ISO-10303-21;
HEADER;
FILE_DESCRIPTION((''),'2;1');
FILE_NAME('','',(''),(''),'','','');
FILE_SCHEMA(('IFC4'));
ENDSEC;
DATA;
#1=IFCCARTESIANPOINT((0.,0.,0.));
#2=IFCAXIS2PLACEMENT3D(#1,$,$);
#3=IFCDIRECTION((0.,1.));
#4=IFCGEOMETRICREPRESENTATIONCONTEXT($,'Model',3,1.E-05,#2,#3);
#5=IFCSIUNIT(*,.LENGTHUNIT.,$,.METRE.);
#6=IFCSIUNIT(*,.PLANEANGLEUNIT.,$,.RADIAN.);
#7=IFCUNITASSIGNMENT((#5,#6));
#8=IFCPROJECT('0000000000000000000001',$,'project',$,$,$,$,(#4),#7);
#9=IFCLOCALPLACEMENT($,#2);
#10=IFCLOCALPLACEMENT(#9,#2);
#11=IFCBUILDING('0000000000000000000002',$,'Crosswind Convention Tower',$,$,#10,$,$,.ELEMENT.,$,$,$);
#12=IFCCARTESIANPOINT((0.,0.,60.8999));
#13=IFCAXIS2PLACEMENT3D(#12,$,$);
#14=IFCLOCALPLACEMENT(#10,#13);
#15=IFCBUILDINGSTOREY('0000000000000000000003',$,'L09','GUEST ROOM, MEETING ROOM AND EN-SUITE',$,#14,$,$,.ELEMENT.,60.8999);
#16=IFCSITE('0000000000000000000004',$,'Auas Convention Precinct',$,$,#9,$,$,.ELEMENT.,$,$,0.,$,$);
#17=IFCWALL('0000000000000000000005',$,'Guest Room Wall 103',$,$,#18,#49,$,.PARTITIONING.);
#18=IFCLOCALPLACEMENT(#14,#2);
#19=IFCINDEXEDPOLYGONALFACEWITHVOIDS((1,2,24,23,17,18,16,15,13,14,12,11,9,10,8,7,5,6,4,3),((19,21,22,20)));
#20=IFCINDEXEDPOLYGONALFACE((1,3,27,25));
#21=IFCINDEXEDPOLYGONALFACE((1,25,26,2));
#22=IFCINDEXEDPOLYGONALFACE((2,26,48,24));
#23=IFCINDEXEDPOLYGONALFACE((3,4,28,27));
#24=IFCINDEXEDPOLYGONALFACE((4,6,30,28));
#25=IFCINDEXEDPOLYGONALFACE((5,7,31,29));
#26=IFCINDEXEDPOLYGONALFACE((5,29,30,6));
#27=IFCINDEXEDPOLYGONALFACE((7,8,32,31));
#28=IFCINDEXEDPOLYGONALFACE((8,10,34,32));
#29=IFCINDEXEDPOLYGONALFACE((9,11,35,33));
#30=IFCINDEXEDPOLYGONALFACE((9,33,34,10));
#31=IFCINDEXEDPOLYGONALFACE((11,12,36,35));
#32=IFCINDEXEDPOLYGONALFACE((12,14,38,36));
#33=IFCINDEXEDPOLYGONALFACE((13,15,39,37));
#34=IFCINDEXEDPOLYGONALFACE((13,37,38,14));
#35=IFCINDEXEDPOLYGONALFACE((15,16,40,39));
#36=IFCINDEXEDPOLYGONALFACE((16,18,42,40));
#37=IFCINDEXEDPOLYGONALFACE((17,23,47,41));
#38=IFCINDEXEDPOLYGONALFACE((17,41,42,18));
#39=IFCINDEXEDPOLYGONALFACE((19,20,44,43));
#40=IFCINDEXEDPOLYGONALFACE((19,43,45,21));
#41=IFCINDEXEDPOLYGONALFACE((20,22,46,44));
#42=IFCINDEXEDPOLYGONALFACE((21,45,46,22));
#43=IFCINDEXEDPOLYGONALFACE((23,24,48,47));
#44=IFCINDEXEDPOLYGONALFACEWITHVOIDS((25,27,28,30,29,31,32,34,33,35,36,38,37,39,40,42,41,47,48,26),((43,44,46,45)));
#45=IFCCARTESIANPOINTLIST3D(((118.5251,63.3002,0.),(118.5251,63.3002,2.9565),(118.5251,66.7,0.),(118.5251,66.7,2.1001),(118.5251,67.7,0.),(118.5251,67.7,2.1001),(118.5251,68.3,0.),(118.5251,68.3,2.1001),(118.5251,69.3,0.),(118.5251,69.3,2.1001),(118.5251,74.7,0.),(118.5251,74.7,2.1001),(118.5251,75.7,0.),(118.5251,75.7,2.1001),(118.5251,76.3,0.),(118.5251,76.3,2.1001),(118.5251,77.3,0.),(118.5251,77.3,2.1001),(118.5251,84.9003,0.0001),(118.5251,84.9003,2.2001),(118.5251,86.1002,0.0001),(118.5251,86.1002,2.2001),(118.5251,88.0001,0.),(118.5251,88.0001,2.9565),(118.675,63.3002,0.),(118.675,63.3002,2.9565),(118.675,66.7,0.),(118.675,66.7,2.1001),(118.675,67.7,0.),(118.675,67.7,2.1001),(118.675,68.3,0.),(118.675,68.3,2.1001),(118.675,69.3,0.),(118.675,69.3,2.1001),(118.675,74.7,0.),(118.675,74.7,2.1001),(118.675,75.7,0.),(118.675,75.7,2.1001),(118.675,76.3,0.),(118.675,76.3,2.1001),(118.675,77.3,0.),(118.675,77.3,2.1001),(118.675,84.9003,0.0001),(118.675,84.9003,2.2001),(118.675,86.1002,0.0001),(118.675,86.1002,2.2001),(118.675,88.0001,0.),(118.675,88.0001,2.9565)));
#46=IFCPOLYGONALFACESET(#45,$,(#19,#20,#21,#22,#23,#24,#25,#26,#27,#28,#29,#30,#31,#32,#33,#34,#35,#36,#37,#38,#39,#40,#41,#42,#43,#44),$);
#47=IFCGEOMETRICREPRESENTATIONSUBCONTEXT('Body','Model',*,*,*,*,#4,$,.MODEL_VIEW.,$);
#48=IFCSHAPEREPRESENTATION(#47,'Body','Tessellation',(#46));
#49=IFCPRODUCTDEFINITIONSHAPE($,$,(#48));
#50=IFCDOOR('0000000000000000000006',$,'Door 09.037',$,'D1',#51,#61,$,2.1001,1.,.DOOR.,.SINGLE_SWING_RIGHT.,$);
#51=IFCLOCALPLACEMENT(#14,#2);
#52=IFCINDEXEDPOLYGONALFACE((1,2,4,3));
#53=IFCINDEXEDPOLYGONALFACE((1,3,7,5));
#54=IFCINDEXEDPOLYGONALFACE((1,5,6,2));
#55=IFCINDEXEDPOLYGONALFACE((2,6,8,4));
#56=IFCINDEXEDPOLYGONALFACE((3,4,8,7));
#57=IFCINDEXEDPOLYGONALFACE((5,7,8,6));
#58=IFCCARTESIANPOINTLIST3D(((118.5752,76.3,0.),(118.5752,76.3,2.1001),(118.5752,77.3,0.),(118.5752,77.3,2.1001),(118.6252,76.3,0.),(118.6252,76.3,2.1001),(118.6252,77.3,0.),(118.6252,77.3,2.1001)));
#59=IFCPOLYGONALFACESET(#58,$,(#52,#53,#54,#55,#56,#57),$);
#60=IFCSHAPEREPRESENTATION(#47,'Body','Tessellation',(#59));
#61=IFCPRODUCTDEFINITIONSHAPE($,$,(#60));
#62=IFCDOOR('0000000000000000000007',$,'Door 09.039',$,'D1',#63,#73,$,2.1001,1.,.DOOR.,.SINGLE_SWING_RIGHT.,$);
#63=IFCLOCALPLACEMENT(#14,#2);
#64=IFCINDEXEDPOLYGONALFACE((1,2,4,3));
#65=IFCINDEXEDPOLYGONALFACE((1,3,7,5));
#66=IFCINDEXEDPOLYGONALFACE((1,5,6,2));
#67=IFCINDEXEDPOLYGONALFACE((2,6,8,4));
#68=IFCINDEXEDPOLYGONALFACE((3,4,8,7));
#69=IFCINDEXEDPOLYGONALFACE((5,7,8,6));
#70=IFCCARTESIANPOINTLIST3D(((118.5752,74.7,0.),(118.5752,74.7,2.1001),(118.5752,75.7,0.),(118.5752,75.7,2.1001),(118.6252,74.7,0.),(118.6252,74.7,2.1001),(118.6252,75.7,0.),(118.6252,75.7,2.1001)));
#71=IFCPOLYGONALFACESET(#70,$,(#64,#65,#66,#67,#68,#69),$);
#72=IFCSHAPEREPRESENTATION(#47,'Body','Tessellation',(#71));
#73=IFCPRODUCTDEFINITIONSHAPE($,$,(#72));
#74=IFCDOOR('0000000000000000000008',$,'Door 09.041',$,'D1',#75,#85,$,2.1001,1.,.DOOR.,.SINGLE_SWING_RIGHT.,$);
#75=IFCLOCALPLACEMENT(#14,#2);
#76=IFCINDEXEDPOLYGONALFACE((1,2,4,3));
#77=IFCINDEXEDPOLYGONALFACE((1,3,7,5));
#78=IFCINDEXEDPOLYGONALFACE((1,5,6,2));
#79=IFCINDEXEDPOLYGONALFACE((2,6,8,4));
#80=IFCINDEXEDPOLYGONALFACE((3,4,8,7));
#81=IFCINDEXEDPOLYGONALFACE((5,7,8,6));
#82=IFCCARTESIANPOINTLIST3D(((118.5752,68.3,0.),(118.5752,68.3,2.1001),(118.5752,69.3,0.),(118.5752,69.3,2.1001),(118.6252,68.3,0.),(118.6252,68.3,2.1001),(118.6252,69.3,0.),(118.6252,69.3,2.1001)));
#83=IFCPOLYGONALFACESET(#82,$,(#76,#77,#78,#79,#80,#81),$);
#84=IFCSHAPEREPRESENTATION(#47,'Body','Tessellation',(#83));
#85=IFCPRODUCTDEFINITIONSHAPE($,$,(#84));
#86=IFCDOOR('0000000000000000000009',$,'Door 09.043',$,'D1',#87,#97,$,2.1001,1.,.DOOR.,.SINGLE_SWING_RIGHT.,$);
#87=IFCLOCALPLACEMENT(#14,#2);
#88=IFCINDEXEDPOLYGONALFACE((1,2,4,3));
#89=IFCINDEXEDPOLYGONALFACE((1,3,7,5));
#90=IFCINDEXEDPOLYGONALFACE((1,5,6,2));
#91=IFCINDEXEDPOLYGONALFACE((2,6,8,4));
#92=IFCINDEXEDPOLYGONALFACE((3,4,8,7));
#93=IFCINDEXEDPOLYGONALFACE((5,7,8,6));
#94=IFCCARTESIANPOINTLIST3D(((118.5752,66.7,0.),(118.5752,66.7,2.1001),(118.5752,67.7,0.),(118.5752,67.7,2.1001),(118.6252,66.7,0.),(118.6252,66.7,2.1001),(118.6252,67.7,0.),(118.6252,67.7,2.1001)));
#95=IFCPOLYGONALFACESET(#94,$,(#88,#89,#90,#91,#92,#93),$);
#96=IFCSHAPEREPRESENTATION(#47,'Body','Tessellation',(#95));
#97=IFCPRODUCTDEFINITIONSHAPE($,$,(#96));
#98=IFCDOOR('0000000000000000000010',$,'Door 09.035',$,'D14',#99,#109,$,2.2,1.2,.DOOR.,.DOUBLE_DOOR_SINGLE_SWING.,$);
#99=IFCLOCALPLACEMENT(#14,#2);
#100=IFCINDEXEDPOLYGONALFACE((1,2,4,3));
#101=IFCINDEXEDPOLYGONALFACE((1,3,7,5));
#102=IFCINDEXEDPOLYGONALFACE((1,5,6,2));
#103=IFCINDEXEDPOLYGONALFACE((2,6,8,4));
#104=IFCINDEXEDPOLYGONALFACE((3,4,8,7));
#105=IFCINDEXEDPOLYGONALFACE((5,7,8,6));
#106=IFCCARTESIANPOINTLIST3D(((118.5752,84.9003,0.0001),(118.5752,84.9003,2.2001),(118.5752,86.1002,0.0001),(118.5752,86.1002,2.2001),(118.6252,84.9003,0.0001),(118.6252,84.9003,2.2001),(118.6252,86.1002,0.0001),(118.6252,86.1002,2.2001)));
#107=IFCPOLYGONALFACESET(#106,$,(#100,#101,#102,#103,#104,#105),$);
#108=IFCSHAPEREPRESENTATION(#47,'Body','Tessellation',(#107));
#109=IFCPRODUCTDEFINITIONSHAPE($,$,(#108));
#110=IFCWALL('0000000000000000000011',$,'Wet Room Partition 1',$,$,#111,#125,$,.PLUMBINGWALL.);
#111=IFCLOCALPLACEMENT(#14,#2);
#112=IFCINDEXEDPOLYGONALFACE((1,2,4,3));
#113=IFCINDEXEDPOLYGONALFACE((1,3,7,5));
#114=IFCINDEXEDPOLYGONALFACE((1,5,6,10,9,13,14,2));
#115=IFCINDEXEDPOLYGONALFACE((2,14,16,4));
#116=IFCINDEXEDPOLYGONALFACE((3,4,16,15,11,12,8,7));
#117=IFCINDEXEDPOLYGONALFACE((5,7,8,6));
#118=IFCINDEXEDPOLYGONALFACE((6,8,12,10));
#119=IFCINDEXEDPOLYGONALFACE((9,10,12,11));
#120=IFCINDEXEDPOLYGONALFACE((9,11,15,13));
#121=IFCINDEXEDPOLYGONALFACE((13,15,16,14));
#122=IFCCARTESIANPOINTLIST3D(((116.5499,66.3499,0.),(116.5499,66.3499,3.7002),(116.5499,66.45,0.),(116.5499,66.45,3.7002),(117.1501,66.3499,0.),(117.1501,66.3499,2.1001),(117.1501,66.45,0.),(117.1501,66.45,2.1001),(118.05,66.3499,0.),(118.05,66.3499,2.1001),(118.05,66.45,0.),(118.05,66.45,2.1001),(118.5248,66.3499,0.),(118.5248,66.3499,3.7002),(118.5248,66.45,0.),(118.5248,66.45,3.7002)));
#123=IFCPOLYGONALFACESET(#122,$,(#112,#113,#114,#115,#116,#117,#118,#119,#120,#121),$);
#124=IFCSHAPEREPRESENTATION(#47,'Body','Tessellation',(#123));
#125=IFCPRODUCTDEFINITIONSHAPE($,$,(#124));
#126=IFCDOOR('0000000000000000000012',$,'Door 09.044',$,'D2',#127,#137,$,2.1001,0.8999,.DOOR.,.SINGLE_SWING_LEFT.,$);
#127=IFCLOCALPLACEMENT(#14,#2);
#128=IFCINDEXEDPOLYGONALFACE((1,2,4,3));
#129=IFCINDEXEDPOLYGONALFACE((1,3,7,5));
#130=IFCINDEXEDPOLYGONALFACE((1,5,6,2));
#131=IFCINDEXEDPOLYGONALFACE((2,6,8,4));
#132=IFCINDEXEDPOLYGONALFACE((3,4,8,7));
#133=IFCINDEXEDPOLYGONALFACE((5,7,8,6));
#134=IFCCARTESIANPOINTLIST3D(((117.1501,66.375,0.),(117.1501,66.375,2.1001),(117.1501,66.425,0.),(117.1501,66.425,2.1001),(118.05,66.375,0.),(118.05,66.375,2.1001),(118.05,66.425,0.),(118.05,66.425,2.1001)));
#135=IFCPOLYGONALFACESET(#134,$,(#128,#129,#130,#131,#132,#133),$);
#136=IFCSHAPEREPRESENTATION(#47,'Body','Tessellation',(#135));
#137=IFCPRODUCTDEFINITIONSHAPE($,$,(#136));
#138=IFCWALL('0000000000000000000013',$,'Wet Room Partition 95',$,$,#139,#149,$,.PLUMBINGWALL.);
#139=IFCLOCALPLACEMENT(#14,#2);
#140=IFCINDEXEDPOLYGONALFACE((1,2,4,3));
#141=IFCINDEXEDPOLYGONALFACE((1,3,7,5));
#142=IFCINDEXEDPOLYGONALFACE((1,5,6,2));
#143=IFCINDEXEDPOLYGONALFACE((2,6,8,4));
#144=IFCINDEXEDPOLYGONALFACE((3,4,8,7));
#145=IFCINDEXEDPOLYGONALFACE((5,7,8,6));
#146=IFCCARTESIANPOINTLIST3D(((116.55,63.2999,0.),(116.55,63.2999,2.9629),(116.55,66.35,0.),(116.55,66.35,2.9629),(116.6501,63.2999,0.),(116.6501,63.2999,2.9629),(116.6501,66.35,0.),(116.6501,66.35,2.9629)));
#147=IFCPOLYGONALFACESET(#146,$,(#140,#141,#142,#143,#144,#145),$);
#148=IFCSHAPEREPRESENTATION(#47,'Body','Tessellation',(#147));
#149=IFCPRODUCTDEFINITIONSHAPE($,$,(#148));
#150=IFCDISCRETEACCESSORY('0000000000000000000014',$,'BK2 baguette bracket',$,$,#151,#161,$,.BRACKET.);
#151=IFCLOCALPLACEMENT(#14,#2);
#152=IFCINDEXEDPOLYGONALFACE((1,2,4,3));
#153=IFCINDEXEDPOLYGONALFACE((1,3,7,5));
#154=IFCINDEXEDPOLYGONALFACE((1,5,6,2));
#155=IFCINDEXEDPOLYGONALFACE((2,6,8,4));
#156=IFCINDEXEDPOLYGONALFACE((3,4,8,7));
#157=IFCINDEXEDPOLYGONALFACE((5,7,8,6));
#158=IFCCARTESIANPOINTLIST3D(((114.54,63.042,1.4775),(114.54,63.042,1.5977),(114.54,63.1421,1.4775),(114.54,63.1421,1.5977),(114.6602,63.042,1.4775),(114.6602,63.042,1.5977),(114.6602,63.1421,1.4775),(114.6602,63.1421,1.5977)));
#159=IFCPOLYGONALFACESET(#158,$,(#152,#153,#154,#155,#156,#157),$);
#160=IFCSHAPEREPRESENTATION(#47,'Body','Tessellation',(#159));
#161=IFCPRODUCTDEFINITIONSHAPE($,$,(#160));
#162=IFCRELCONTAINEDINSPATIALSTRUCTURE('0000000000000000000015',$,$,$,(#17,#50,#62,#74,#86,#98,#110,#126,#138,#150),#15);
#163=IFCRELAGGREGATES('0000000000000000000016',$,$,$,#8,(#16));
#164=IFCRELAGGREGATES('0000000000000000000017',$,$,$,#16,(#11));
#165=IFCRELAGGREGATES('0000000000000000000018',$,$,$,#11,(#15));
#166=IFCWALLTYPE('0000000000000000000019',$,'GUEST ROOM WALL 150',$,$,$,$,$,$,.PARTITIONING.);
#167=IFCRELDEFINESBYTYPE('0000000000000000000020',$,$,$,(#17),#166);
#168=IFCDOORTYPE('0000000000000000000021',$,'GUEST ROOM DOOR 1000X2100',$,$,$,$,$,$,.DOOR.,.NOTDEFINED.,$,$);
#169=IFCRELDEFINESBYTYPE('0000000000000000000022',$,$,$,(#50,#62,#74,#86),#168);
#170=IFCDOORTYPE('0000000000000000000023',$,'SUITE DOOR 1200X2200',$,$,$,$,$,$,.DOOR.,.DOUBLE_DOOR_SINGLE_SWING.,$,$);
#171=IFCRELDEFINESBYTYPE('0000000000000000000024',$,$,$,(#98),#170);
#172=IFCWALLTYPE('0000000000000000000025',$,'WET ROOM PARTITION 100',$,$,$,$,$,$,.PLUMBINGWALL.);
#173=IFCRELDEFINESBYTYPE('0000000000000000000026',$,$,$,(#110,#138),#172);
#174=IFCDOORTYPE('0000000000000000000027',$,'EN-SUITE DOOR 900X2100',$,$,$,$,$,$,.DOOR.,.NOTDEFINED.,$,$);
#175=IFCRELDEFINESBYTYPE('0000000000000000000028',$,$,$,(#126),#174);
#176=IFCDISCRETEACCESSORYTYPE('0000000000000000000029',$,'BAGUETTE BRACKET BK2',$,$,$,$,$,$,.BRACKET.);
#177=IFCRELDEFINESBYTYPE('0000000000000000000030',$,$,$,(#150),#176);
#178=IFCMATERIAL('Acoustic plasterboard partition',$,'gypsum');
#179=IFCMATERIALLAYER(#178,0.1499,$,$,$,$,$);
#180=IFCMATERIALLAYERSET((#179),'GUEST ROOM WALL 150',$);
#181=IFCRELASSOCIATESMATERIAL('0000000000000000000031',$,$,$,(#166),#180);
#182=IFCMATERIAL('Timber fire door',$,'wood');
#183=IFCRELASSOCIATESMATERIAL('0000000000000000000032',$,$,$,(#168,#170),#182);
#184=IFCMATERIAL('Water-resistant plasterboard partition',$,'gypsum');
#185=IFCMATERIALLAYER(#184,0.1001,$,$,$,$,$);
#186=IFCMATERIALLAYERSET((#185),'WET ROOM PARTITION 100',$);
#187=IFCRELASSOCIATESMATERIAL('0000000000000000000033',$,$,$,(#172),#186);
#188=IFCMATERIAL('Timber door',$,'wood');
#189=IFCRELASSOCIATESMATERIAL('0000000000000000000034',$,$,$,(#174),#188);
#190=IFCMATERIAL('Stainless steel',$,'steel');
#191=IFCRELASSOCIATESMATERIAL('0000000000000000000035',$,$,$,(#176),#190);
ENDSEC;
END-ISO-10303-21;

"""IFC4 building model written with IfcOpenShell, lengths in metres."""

from ifc_helpers import new_model, si_unit, direction, frame, frame_2d, origin, origin_2d, place, context, subcontext, project, spatial, rectangle, extrude, material, layer, layer_set, type_object, element, fill, save


model = new_model("IFC4")

# Units and contexts
model_context = context("Model", 3, precision=1e-05, world=origin(), true_north=direction((0.0, 1.0)))
body_context = subcontext(model_context, "Body", "Model", "MODEL_VIEW")
ifc_project = project(units=[si_unit("LENGTHUNIT", "METRE"), si_unit("PLANEANGLEUNIT", "RADIAN")], contexts=[model_context])

# Site, building, storey
site_placement = place(None, origin())
site = spatial("IfcSite", under=ifc_project, at=site_placement, Name="Auas Convention Precinct", CompositionType="ELEMENT", RefElevation=0.0)
building_placement = place(site_placement, origin())
building = spatial("IfcBuilding", under=site, at=building_placement, Name="Crosswind Convention Tower", CompositionType="ELEMENT")
storey_placement = place(building_placement, frame((0.0, 0.0, 60.8999)))
storey = spatial("IfcBuildingStorey", under=building, at=storey_placement, Name="L09", Description="GUEST ROOM, MEETING ROOM AND EN-SUITE", CompositionType="ELEMENT", Elevation=60.8999)

# Wall, openings, doors
ifc_material_1 = material(Name="Timber fire door", Category="wood")
ifc_material_2 = material(Name="Acoustic plasterboard partition", Category="gypsum")
ifc_layer_1 = layer(ifc_material_2, 0.1499)
ifc_layer_set_1 = layer_set([ifc_layer_1], Name="GUEST ROOM WALL 150")
wall_type_1 = type_object("IfcWallType", Name="GUEST ROOM WALL 150", PredefinedType="PARTITIONING", material=ifc_layer_set_1)
wall_1_placement = place(storey_placement, frame((118.6001, 63.3, 0.0), z_axis=(0.0, 0.0, 1.0), x_axis=(0.0, 1.0, 0.0)))
wall_1 = element("IfcWall", 1, at=wall_1_placement, inside=storey, type_object=wall_type_1, Name="Guest Room Wall 103", PredefinedType="PARTITIONING", context=body_context, shape_type="SweptSolid", body=[
    extrude(rectangle(XDim=24.7, YDim=0.1499, at=frame_2d((12.3501, 0.0))), origin(), (0.0, 0.0, 1.0), 2.9565),
])
opening_1_placement = place(wall_1_placement, frame((21.6001, 0.0, 0.0)))
opening_1 = element("IfcOpeningElement", 2, at=opening_1_placement, cuts=wall_1, PredefinedType="OPENING", context=body_context, shape_type="SweptSolid", body=[
    extrude(rectangle(XDim=1.2, YDim=2.2, at=frame_2d((0.6001, 1.1001))), frame((0.0, 0.085, 0.0), z_axis=(0.0, -1.0, 0.0), x_axis=(1.0, 0.0, 0.0)), (0.0, 0.0, 1.0), 0.1699),
])
opening_2_placement = place(wall_1_placement, frame((13.0, 0.0, 0.0)))
opening_2 = element("IfcOpeningElement", 3, at=opening_2_placement, cuts=wall_1, PredefinedType="OPENING", context=body_context, shape_type="SweptSolid", body=[
    extrude(rectangle(XDim=1.0, YDim=2.1001, at=frame_2d((0.5, 1.05))), frame((0.0, 0.085, 0.0), z_axis=(0.0, -1.0, 0.0), x_axis=(1.0, 0.0, 0.0)), (0.0, 0.0, 1.0), 0.1699),
])
opening_3_placement = place(wall_1_placement, frame((11.3999, 0.0, 0.0)))
opening_3 = element("IfcOpeningElement", 4, at=opening_3_placement, cuts=wall_1, PredefinedType="OPENING", context=body_context, shape_type="SweptSolid", body=[
    extrude(rectangle(XDim=1.0, YDim=2.1001, at=frame_2d((0.5, 1.05))), frame((0.0, 0.085, 0.0), z_axis=(0.0, -1.0, 0.0), x_axis=(1.0, 0.0, 0.0)), (0.0, 0.0, 1.0), 0.1699),
])
opening_4_placement = place(wall_1_placement, frame((5.0, 0.0, 0.0)))
opening_4 = element("IfcOpeningElement", 5, at=opening_4_placement, cuts=wall_1, PredefinedType="OPENING", context=body_context, shape_type="SweptSolid", body=[
    extrude(rectangle(XDim=1.0, YDim=2.1001, at=frame_2d((0.5, 1.05))), frame((0.0, 0.085, 0.0), z_axis=(0.0, -1.0, 0.0), x_axis=(1.0, 0.0, 0.0)), (0.0, 0.0, 1.0), 0.1699),
])
opening_5_placement = place(wall_1_placement, frame((3.3999, 0.0, 0.0)))
opening_5 = element("IfcOpeningElement", 6, at=opening_5_placement, cuts=wall_1, PredefinedType="OPENING", context=body_context, shape_type="SweptSolid", body=[
    extrude(rectangle(XDim=1.0, YDim=2.1001, at=frame_2d((0.5, 1.05))), frame((0.0, 0.085, 0.0), z_axis=(0.0, -1.0, 0.0), x_axis=(1.0, 0.0, 0.0)), (0.0, 0.0, 1.0), 0.1699),
])
door_type_1 = type_object("IfcDoorType", Name="GUEST ROOM DOOR 1000X2100", OperationType="NOTDEFINED", PredefinedType="DOOR", material=ifc_material_1)
door_1_placement = place(opening_2_placement, origin())
door_1 = element("IfcDoor", 7, at=door_1_placement, inside=storey, type_object=door_type_1, Name="Door 09.037", ObjectType="D1", OperationType="SINGLE_SWING_RIGHT", OverallHeight=2.1001, OverallWidth=1.0, PredefinedType="DOOR", context=body_context, shape_type="SweptSolid", body=[
    extrude(rectangle(XDim=1.0, YDim=2.1001, at=frame_2d((0.5, 1.05))), frame((0.0, 0.0249, 0.0), z_axis=(0.0, -1.0, 0.0), x_axis=(1.0, 0.0, 0.0)), (0.0, 0.0, 1.0), 0.05),
])
fill(opening_2, door_1)
door_2_placement = place(opening_3_placement, origin())
door_2 = element("IfcDoor", 8, at=door_2_placement, inside=storey, type_object=door_type_1, Name="Door 09.039", ObjectType="D1", OperationType="SINGLE_SWING_RIGHT", OverallHeight=2.1001, OverallWidth=1.0, PredefinedType="DOOR", context=body_context, shape_type="SweptSolid", body=[
    extrude(rectangle(XDim=1.0, YDim=2.1001, at=frame_2d((0.5, 1.05))), frame((0.0, 0.0249, 0.0), z_axis=(0.0, -1.0, 0.0), x_axis=(1.0, 0.0, 0.0)), (0.0, 0.0, 1.0), 0.05),
])
fill(opening_3, door_2)
door_3_placement = place(opening_4_placement, origin())
door_3 = element("IfcDoor", 9, at=door_3_placement, inside=storey, type_object=door_type_1, Name="Door 09.041", ObjectType="D1", OperationType="SINGLE_SWING_RIGHT", OverallHeight=2.1001, OverallWidth=1.0, PredefinedType="DOOR", context=body_context, shape_type="SweptSolid", body=[
    extrude(rectangle(XDim=1.0, YDim=2.1001, at=frame_2d((0.5, 1.05))), frame((0.0, 0.0249, 0.0), z_axis=(0.0, -1.0, 0.0), x_axis=(1.0, 0.0, 0.0)), (0.0, 0.0, 1.0), 0.05),
])
fill(opening_4, door_3)
door_4_placement = place(opening_5_placement, origin())
door_4 = element("IfcDoor", 10, at=door_4_placement, inside=storey, type_object=door_type_1, Name="Door 09.043", ObjectType="D1", OperationType="SINGLE_SWING_RIGHT", OverallHeight=2.1001, OverallWidth=1.0, PredefinedType="DOOR", context=body_context, shape_type="SweptSolid", body=[
    extrude(rectangle(XDim=1.0, YDim=2.1001, at=frame_2d((0.5, 1.05))), frame((0.0, 0.0249, 0.0), z_axis=(0.0, -1.0, 0.0), x_axis=(1.0, 0.0, 0.0)), (0.0, 0.0, 1.0), 0.05),
])
fill(opening_5, door_4)
door_type_2 = type_object("IfcDoorType", Name="SUITE DOOR 1200X2200", OperationType="DOUBLE_DOOR_SINGLE_SWING", PredefinedType="DOOR", material=ifc_material_1)
door_5_placement = place(opening_1_placement, origin())
door_5 = element("IfcDoor", 11, at=door_5_placement, inside=storey, type_object=door_type_2, Name="Door 09.035", ObjectType="D14", OperationType="DOUBLE_DOOR_SINGLE_SWING", OverallHeight=2.2, OverallWidth=1.2, PredefinedType="DOOR", context=body_context, shape_type="SweptSolid", body=[
    extrude(rectangle(XDim=1.2, YDim=2.2, at=frame_2d((0.6001, 1.1001))), frame((0.0, 0.0249, 0.0), z_axis=(0.0, -1.0, 0.0), x_axis=(1.0, 0.0, 0.0)), (0.0, 0.0, 1.0), 0.05),
])
fill(opening_1, door_5)

# Wall, opening, door
ifc_material_3 = material(Name="Water-resistant plasterboard partition", Category="gypsum")
ifc_layer_2 = layer(ifc_material_3, 0.1001)
ifc_layer_set_2 = layer_set([ifc_layer_2], Name="WET ROOM PARTITION 100")
wall_type_2 = type_object("IfcWallType", Name="WET ROOM PARTITION 100", PredefinedType="PLUMBINGWALL", material=ifc_layer_set_2)
wall_2_placement = place(storey_placement, frame((116.55, 66.3999, 0.0), z_axis=(0.0, 0.0, 1.0), x_axis=(1.0, 0.0, 0.0)))
wall_2 = element("IfcWall", 12, at=wall_2_placement, inside=storey, type_object=wall_type_2, Name="Wet Room Partition 1", PredefinedType="PLUMBINGWALL", context=body_context, shape_type="SweptSolid", body=[
    extrude(rectangle(XDim=1.9749, YDim=0.1001, at=frame_2d((0.9873, 0.0))), origin(), (0.0, 0.0, 1.0), 3.7002),
])
opening_6_placement = place(wall_2_placement, frame((0.6001, 0.0, 0.0)))
opening_6 = element("IfcOpeningElement", 13, at=opening_6_placement, cuts=wall_2, PredefinedType="OPENING", context=body_context, shape_type="SweptSolid", body=[
    extrude(rectangle(XDim=0.8999, YDim=2.1001, at=frame_2d((0.45, 1.05))), frame((0.0, 0.0601, 0.0), z_axis=(0.0, -1.0, 0.0), x_axis=(1.0, 0.0, 0.0)), (0.0, 0.0, 1.0), 0.1201),
])
ifc_material_4 = material(Name="Timber door", Category="wood")
door_type_3 = type_object("IfcDoorType", Name="EN-SUITE DOOR 900X2100", OperationType="NOTDEFINED", PredefinedType="DOOR", material=ifc_material_4)
door_6_placement = place(opening_6_placement, frame((0.8999, 0.0, 0.0), z_axis=(0.0, 0.0, 1.0), x_axis=(-1.0, 0.0, 0.0)))
door_6 = element("IfcDoor", 14, at=door_6_placement, inside=storey, type_object=door_type_3, Name="Door 09.044", ObjectType="D2", OperationType="SINGLE_SWING_LEFT", OverallHeight=2.1001, OverallWidth=0.8999, PredefinedType="DOOR", context=body_context, shape_type="SweptSolid", body=[
    extrude(rectangle(XDim=0.8999, YDim=2.1001, at=frame_2d((0.45, 1.05))), frame((0.0, 0.0249, 0.0), z_axis=(0.0, -1.0, 0.0), x_axis=(1.0, 0.0, 0.0)), (0.0, 0.0, 1.0), 0.05),
])
fill(opening_6, door_6)

# Wall
wall_3_placement = place(storey_placement, frame((116.6001, 63.3, 0.0), z_axis=(0.0, 0.0, 1.0), x_axis=(0.0, 1.0, 0.0)))
element("IfcWall", 15, at=wall_3_placement, inside=storey, type_object=wall_type_2, Name="Wet Room Partition 95", PredefinedType="PLUMBINGWALL", context=body_context, shape_type="SweptSolid", body=[
    extrude(rectangle(XDim=3.05, YDim=0.1001, at=frame_2d((1.5249, 0.0))), origin(), (0.0, 0.0, 1.0), 2.9629),
])

# Discrete accessory
ifc_material_5 = material(Name="Stainless steel", Category="steel")
discrete_accessory_type = type_object("IfcDiscreteAccessoryType", Name="BAGUETTE BRACKET BK2", PredefinedType="BRACKET", material=ifc_material_5)
discrete_accessory_placement = place(storey_placement, frame((114.6001, 63.092, 1.4775), z_axis=(0.0, 0.0, 1.0), x_axis=(1.0, 0.0, 0.0)))
element("IfcDiscreteAccessory", 16, at=discrete_accessory_placement, inside=storey, type_object=discrete_accessory_type, Name="BK2 baguette bracket", PredefinedType="BRACKET", context=body_context, shape_type="SweptSolid", body=[
    extrude(rectangle(XDim=0.1201, YDim=0.1001, at=origin_2d()), origin(), (0.0, 0.0, 1.0), 0.1201),
])

save(model, "model.ifc")
